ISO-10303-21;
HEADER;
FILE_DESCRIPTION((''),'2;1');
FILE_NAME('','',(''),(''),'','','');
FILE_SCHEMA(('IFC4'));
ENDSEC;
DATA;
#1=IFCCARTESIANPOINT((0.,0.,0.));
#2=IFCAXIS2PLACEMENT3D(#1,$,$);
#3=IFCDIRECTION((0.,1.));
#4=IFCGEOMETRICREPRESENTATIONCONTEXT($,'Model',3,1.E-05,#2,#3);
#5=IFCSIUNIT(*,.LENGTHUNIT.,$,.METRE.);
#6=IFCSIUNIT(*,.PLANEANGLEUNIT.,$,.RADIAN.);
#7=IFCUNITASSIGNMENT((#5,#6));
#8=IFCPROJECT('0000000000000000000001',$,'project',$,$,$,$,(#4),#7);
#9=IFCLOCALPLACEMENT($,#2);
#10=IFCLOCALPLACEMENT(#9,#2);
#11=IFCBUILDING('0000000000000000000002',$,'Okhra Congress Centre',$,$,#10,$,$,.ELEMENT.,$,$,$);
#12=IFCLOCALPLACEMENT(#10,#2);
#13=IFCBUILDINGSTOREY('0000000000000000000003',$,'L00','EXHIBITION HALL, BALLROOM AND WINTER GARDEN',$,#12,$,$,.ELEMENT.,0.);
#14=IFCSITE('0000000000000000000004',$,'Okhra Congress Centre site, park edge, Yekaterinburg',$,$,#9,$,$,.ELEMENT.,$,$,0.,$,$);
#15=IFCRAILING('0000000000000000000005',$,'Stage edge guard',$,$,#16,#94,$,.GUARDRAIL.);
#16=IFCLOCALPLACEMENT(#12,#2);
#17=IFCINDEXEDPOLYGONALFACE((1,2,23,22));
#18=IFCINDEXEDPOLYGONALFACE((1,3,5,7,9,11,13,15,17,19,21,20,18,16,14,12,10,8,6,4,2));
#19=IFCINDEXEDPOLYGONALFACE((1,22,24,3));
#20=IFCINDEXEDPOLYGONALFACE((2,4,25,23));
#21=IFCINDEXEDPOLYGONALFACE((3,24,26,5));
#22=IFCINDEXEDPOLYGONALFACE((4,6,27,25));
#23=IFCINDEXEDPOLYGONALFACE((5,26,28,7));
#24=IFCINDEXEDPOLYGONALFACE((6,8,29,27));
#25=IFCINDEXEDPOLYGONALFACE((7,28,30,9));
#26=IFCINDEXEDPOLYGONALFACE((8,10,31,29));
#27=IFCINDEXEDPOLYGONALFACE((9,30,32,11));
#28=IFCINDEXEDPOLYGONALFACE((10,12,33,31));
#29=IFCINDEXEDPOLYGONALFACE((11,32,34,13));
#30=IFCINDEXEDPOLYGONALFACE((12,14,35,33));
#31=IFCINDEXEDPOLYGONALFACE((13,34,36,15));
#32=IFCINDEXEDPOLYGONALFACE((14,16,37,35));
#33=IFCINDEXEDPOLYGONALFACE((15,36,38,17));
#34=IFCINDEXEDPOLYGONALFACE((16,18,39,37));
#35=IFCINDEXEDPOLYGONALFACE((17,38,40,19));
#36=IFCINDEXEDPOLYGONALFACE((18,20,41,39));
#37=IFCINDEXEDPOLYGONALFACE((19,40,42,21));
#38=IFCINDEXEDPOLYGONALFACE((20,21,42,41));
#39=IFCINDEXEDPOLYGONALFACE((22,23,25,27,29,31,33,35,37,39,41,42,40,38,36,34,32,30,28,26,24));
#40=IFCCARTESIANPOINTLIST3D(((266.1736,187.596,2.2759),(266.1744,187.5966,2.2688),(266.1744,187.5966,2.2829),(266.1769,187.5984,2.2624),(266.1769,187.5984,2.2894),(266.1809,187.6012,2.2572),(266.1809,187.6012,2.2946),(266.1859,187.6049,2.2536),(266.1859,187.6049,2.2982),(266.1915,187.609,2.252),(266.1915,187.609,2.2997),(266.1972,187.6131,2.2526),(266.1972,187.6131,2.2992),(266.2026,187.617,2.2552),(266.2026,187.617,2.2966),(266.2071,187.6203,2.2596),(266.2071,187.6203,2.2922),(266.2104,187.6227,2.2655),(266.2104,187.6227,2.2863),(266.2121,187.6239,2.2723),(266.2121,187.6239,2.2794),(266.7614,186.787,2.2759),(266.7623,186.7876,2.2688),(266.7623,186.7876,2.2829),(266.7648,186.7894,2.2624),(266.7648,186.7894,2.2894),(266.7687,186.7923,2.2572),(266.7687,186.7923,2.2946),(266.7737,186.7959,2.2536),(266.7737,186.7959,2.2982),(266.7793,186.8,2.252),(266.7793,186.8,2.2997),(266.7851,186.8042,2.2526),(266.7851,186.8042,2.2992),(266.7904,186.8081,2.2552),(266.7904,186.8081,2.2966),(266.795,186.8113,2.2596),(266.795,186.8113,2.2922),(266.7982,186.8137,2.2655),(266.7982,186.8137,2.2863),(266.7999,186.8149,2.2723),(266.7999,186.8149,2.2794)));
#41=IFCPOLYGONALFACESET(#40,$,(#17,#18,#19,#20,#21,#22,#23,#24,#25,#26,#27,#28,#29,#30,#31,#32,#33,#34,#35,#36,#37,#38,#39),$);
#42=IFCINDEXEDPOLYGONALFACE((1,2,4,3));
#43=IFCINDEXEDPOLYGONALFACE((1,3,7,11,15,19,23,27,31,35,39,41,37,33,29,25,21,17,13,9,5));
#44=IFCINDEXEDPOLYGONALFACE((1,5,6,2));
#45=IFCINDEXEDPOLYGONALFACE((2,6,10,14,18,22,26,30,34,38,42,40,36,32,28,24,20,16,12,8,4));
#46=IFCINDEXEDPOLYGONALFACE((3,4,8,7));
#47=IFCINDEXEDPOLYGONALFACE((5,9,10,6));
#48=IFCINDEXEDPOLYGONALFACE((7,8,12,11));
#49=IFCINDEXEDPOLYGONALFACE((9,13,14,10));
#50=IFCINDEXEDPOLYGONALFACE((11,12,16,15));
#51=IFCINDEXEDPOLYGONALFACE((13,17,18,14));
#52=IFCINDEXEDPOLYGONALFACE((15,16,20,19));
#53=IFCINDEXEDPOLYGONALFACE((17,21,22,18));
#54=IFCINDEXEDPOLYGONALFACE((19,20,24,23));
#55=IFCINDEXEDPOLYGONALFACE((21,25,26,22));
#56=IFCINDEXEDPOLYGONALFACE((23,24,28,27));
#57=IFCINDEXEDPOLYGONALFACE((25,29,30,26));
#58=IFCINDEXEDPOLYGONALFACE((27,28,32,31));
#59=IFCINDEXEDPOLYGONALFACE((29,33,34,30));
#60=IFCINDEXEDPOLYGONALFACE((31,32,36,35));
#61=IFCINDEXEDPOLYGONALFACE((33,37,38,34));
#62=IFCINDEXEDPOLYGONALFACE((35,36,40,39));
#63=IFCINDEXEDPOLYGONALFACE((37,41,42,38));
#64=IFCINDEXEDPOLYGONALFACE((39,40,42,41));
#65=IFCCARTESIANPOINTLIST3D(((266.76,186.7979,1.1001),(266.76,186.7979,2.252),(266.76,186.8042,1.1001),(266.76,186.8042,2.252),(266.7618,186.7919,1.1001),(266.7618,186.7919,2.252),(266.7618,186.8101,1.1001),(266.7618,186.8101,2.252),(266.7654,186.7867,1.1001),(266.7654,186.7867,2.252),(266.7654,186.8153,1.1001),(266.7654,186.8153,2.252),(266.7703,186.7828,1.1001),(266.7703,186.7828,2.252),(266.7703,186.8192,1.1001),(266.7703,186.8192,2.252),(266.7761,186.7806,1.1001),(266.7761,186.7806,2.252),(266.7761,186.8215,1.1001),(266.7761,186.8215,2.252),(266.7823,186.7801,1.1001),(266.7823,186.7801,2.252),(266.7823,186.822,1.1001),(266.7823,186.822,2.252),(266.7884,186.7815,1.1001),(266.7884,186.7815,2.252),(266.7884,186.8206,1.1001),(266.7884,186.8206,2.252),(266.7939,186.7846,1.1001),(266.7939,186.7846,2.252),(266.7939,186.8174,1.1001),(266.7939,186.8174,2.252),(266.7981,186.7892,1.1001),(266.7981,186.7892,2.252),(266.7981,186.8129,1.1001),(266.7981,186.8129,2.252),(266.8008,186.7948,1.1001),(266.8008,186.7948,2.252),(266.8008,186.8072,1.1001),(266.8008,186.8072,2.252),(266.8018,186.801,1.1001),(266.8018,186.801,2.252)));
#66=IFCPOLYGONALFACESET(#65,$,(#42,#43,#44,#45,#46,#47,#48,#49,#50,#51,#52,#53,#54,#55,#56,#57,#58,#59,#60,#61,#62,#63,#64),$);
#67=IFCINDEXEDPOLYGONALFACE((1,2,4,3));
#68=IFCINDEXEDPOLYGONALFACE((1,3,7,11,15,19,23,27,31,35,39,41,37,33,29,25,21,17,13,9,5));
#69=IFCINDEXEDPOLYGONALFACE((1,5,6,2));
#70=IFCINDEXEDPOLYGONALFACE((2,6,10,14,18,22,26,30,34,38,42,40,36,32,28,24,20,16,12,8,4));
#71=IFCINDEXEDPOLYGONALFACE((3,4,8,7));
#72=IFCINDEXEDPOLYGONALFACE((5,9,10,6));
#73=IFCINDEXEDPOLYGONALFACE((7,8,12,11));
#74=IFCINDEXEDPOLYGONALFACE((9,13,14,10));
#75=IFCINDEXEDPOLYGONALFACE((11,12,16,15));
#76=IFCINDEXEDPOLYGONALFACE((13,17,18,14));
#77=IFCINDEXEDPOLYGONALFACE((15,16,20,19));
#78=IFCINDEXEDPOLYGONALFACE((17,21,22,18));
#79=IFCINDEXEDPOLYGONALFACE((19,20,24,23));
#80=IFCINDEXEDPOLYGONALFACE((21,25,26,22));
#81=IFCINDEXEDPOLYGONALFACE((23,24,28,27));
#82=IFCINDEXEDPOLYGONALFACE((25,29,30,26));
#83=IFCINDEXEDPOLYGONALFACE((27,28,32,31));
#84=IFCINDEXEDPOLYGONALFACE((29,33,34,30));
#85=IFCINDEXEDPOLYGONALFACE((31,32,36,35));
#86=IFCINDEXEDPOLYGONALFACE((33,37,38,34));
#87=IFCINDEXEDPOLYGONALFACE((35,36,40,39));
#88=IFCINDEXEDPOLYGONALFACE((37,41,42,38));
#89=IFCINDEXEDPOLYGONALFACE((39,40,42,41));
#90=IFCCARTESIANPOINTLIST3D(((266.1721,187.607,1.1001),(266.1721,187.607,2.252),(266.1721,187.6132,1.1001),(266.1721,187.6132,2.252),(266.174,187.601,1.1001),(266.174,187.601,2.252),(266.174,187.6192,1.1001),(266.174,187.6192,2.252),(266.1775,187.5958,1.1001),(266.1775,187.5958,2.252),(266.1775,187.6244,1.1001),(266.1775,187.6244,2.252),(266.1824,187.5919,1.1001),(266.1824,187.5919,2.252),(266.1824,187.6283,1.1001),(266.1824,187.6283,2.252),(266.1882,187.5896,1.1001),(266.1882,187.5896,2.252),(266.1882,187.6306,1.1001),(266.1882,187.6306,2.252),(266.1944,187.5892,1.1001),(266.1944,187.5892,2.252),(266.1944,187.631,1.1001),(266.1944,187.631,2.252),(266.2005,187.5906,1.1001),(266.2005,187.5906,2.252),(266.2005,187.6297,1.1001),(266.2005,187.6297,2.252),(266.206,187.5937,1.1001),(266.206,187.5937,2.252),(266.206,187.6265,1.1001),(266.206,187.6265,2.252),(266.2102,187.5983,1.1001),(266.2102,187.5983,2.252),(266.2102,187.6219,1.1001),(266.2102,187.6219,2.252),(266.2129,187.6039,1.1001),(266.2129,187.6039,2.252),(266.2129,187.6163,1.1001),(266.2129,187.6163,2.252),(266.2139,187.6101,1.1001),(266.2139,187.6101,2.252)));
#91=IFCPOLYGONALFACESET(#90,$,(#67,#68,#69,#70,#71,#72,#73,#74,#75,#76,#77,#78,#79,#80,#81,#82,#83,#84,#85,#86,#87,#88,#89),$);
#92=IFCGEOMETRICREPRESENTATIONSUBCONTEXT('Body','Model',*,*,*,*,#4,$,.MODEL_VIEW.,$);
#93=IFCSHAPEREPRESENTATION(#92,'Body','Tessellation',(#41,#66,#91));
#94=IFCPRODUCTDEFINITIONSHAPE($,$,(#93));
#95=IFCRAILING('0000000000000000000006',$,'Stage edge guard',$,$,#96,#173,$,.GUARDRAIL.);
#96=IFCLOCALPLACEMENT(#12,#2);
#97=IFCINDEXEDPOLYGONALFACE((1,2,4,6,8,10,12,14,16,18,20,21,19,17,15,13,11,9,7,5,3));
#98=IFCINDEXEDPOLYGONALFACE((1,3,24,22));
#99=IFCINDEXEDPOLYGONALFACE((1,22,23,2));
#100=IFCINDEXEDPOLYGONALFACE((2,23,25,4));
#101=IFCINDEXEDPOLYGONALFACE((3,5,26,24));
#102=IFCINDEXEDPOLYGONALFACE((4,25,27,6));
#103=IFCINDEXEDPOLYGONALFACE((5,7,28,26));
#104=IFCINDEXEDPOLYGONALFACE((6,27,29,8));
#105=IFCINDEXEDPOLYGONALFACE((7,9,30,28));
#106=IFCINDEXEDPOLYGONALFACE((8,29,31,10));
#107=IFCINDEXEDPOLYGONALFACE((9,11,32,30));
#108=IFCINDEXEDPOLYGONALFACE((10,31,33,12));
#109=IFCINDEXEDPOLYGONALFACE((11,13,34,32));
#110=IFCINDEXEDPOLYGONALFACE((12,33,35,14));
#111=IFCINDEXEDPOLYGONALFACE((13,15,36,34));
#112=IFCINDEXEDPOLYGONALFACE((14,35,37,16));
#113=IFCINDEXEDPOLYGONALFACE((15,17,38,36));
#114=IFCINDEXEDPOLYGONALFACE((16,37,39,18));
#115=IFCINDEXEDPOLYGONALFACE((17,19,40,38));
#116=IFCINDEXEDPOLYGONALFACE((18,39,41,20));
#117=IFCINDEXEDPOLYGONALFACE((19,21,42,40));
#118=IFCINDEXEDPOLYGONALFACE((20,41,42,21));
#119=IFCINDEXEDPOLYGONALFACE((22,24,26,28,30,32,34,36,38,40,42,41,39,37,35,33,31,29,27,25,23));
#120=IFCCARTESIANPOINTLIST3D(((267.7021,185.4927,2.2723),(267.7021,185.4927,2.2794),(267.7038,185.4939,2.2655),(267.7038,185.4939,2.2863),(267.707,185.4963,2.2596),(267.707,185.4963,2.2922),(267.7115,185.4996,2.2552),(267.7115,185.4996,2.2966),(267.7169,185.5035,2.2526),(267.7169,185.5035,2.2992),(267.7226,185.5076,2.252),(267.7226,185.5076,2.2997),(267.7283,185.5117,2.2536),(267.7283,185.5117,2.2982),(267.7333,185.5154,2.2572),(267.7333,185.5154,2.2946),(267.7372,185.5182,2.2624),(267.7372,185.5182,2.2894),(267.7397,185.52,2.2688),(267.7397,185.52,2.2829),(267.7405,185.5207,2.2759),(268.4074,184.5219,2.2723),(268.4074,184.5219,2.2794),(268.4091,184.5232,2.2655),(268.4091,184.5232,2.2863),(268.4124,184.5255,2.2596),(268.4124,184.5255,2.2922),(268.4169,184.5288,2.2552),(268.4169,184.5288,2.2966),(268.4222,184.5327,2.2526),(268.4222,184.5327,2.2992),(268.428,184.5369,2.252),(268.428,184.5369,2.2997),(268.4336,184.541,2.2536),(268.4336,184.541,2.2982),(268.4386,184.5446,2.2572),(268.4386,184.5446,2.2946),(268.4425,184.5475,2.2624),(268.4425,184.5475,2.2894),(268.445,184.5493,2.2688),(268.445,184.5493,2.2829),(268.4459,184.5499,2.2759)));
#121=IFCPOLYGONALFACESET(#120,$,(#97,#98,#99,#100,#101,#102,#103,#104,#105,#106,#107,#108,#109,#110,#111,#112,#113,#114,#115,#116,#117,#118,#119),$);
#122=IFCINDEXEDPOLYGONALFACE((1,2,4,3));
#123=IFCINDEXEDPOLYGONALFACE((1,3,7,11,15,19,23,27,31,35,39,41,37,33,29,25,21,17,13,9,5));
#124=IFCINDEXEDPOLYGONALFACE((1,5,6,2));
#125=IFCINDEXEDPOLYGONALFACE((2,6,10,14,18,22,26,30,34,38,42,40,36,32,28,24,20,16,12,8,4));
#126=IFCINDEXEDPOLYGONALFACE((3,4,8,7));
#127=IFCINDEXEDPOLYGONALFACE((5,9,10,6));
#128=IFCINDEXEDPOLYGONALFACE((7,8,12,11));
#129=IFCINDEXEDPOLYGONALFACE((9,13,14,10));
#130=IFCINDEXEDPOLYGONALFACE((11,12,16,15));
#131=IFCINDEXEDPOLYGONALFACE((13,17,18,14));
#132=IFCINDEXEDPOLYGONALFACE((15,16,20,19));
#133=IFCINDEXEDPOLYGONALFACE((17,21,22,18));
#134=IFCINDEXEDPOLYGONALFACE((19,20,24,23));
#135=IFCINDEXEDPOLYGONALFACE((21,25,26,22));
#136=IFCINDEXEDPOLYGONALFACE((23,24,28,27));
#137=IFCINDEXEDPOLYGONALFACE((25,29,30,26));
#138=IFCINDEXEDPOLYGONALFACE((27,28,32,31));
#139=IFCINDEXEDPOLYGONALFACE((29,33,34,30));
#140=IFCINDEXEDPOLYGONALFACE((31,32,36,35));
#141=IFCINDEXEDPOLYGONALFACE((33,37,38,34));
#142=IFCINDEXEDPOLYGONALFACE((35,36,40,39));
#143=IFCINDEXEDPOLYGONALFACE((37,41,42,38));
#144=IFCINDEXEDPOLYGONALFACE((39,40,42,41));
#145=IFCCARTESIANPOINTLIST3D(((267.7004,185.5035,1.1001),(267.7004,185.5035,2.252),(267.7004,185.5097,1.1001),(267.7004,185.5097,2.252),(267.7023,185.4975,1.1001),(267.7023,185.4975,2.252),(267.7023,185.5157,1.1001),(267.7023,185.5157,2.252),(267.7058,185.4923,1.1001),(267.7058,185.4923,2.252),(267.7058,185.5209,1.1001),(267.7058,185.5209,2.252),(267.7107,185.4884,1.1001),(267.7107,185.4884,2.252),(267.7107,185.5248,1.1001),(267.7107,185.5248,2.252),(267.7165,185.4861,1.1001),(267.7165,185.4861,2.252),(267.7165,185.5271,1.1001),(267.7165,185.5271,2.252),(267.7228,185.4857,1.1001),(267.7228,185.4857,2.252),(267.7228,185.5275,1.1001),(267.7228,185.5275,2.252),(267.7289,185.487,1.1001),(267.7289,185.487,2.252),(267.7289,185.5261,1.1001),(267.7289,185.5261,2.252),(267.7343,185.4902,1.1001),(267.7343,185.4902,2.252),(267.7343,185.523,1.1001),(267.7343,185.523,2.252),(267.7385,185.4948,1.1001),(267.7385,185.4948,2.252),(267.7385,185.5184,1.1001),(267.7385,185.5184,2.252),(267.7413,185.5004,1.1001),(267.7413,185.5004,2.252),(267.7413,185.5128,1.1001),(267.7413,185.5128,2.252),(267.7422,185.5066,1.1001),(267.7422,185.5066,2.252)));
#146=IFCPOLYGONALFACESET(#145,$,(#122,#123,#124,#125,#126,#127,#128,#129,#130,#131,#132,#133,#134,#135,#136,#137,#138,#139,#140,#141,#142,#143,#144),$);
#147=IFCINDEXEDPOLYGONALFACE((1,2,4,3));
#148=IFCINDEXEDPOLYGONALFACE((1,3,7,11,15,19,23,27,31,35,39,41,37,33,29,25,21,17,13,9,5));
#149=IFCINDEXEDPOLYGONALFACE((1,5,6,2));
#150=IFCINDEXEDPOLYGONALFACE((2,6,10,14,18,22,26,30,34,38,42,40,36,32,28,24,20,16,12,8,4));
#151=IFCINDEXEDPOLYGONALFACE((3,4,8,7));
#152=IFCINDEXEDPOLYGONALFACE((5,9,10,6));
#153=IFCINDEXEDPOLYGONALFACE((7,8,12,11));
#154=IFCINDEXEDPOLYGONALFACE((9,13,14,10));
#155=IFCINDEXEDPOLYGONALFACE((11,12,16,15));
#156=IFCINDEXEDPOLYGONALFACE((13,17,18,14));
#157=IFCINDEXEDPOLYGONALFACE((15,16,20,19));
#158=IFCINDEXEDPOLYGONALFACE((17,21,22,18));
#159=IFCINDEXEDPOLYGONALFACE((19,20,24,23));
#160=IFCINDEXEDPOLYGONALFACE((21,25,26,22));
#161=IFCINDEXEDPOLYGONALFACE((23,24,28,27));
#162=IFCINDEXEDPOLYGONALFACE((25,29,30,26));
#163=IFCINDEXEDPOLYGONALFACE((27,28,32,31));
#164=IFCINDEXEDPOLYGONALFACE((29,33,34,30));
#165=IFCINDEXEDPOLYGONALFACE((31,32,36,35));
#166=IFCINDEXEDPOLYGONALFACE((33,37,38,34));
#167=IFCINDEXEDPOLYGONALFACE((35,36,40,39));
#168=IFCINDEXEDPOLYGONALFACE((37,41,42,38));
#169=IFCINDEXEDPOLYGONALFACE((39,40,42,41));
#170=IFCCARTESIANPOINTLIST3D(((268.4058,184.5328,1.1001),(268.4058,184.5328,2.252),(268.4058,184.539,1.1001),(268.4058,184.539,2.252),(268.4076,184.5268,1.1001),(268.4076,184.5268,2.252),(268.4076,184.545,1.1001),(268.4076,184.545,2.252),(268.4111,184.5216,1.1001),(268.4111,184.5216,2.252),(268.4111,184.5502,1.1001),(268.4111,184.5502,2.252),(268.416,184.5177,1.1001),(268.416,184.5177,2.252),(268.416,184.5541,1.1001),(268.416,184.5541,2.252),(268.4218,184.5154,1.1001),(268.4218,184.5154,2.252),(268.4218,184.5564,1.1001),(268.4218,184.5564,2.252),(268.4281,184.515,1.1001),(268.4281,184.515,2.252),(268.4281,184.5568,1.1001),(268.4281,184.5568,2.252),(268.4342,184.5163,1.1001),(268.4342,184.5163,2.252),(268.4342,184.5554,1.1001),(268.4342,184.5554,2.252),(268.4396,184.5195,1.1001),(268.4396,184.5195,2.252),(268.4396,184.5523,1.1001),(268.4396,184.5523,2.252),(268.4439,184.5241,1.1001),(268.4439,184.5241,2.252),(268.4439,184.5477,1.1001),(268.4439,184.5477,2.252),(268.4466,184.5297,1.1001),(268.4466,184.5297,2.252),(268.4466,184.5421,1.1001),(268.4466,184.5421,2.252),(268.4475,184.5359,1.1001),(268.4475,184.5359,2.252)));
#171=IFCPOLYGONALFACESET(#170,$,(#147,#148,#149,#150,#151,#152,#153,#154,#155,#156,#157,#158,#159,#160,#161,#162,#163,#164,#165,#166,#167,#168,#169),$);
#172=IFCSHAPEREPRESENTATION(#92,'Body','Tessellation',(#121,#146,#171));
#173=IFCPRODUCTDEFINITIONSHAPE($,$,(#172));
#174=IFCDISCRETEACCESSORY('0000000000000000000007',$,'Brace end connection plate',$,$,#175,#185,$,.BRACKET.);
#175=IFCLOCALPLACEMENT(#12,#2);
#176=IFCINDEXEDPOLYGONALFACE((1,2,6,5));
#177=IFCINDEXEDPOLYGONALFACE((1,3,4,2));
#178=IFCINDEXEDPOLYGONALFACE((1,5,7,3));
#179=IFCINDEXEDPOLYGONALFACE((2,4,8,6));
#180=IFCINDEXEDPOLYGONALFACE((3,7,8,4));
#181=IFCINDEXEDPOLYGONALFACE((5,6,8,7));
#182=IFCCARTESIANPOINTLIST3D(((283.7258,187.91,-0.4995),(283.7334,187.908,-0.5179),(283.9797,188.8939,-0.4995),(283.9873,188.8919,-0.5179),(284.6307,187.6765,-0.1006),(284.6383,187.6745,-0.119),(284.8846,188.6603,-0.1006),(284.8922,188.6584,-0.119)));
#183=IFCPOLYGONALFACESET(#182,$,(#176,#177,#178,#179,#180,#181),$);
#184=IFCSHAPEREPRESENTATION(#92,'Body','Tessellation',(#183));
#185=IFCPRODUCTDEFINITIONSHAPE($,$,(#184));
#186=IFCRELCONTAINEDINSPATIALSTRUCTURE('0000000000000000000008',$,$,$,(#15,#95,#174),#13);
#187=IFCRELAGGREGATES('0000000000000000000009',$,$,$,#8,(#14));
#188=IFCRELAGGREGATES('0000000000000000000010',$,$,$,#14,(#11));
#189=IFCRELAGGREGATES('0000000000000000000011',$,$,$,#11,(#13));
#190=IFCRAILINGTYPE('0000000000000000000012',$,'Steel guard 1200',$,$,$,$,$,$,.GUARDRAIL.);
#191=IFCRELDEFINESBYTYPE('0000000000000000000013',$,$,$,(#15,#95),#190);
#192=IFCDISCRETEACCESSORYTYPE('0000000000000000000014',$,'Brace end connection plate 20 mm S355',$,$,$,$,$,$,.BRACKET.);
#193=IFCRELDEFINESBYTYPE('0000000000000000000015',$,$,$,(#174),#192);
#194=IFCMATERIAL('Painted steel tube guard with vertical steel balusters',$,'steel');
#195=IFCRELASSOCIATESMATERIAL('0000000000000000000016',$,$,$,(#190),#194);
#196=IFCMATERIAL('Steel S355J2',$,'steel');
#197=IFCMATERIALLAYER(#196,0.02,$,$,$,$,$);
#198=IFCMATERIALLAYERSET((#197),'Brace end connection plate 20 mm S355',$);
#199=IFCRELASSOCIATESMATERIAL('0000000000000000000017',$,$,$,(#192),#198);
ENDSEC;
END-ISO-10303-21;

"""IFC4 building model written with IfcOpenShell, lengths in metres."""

from ifc_helpers import new_model, si_unit, direction, frame, origin, origin_2d, place, context, subcontext, project, spatial, rectangle, circle, extrude, material, layer, layer_set, type_object, element, save


model = new_model("IFC4")

# Units and contexts
model_context = context("Model", 3, precision=1e-05, world=origin(), true_north=direction((0.0, 1.0)))
body_context = subcontext(model_context, "Body", "Model", "MODEL_VIEW")
ifc_project = project(units=[si_unit("LENGTHUNIT", "METRE"), si_unit("PLANEANGLEUNIT", "RADIAN")], contexts=[model_context])

# Site, building, storey
site_placement = place(None, origin())
site = spatial("IfcSite", under=ifc_project, at=site_placement, Name="Okhra Congress Centre site, park edge, Yekaterinburg", CompositionType="ELEMENT", RefElevation=0.0)
building_placement = place(site_placement, origin())
building = spatial("IfcBuilding", under=site, at=building_placement, Name="Okhra Congress Centre", CompositionType="ELEMENT")
storey_placement = place(building_placement, origin())
storey = spatial("IfcBuildingStorey", under=building, at=storey_placement, Name="L00", Description="EXHIBITION HALL, BALLROOM AND WINTER GARDEN", CompositionType="ELEMENT", Elevation=0.0)

# Railings
ifc_material_1 = material(Name="Painted steel tube guard with vertical steel balusters", Category="steel")
railing_type = type_object("IfcRailingType", Name="Steel guard 1200", PredefinedType="GUARDRAIL", material=ifc_material_1)
railing_1_placement = place(storey_placement, frame((266.7808, 186.801, 1.1001)))
element("IfcRailing", 1, at=railing_1_placement, inside=storey, type_object=railing_type, Name="Stage edge guard", PredefinedType="GUARDRAIL", context=body_context, shape_type="SweptSolid", body=[
    extrude(circle(Radius=0.0239, at=origin_2d()), frame((0.0, 0.0, 1.1758), z_axis=(-0.587823, 0.808989, 0.0), x_axis=(-0.808989, -0.587823, 0.0)), (0.0, 0.0, 1.0), 1.0),
    extrude(circle(Radius=0.021, at=origin_2d()), origin(), (0.0, 0.0, 1.0), 1.1519),
    extrude(circle(Radius=0.021, at=origin_2d()), frame((-0.5879, 0.8091, 0.0)), (0.0, 0.0, 1.0), 1.1519),
])
railing_2_placement = place(storey_placement, frame((267.7212, 185.5066, 1.1001)))
element("IfcRailing", 2, at=railing_2_placement, inside=storey, type_object=railing_type, Name="Stage edge guard", PredefinedType="GUARDRAIL", context=body_context, shape_type="SweptSolid", body=[
    extrude(circle(Radius=0.0239, at=origin_2d()), frame((0.0, 0.0, 1.1758), z_axis=(0.587821, -0.808991, 0.0), x_axis=(0.808991, 0.587821, 0.0)), (0.0, 0.0, 1.0), 1.2),
    extrude(circle(Radius=0.021, at=origin_2d()), origin(), (0.0, 0.0, 1.0), 1.1519),
    extrude(circle(Radius=0.021, at=origin_2d()), frame((0.7053, -0.9707, 0.0)), (0.0, 0.0, 1.0), 1.1519),
])

# Discrete accessory
ifc_material_2 = material(Name="Steel S355J2", Category="steel")
ifc_layer_1 = layer(ifc_material_2, 0.02)
ifc_layer_set_1 = layer_set([ifc_layer_1], Name="Brace end connection plate 20 mm S355")
discrete_accessory_type = type_object("IfcDiscreteAccessoryType", Name="Brace end connection plate 20 mm S355", PredefinedType="BRACKET", material=ifc_layer_set_1)
discrete_accessory_placement = place(storey_placement, frame((284.3052, 188.2852, -0.3), z_axis=(0.380146, -0.098102, -0.919709), x_axis=(0.249878, 0.968277, 0.0)))
element("IfcDiscreteAccessory", 3, at=discrete_accessory_placement, inside=storey, type_object=discrete_accessory_type, Name="Brace end connection plate", PredefinedType="BRACKET", context=body_context, shape_type="SweptSolid", body=[
    extrude(rectangle(XDim=1.0161, YDim=1.0161, at=origin_2d()), origin(), (0.0, 0.0, 1.0), 0.02),
])

save(model, "model.ifc")
